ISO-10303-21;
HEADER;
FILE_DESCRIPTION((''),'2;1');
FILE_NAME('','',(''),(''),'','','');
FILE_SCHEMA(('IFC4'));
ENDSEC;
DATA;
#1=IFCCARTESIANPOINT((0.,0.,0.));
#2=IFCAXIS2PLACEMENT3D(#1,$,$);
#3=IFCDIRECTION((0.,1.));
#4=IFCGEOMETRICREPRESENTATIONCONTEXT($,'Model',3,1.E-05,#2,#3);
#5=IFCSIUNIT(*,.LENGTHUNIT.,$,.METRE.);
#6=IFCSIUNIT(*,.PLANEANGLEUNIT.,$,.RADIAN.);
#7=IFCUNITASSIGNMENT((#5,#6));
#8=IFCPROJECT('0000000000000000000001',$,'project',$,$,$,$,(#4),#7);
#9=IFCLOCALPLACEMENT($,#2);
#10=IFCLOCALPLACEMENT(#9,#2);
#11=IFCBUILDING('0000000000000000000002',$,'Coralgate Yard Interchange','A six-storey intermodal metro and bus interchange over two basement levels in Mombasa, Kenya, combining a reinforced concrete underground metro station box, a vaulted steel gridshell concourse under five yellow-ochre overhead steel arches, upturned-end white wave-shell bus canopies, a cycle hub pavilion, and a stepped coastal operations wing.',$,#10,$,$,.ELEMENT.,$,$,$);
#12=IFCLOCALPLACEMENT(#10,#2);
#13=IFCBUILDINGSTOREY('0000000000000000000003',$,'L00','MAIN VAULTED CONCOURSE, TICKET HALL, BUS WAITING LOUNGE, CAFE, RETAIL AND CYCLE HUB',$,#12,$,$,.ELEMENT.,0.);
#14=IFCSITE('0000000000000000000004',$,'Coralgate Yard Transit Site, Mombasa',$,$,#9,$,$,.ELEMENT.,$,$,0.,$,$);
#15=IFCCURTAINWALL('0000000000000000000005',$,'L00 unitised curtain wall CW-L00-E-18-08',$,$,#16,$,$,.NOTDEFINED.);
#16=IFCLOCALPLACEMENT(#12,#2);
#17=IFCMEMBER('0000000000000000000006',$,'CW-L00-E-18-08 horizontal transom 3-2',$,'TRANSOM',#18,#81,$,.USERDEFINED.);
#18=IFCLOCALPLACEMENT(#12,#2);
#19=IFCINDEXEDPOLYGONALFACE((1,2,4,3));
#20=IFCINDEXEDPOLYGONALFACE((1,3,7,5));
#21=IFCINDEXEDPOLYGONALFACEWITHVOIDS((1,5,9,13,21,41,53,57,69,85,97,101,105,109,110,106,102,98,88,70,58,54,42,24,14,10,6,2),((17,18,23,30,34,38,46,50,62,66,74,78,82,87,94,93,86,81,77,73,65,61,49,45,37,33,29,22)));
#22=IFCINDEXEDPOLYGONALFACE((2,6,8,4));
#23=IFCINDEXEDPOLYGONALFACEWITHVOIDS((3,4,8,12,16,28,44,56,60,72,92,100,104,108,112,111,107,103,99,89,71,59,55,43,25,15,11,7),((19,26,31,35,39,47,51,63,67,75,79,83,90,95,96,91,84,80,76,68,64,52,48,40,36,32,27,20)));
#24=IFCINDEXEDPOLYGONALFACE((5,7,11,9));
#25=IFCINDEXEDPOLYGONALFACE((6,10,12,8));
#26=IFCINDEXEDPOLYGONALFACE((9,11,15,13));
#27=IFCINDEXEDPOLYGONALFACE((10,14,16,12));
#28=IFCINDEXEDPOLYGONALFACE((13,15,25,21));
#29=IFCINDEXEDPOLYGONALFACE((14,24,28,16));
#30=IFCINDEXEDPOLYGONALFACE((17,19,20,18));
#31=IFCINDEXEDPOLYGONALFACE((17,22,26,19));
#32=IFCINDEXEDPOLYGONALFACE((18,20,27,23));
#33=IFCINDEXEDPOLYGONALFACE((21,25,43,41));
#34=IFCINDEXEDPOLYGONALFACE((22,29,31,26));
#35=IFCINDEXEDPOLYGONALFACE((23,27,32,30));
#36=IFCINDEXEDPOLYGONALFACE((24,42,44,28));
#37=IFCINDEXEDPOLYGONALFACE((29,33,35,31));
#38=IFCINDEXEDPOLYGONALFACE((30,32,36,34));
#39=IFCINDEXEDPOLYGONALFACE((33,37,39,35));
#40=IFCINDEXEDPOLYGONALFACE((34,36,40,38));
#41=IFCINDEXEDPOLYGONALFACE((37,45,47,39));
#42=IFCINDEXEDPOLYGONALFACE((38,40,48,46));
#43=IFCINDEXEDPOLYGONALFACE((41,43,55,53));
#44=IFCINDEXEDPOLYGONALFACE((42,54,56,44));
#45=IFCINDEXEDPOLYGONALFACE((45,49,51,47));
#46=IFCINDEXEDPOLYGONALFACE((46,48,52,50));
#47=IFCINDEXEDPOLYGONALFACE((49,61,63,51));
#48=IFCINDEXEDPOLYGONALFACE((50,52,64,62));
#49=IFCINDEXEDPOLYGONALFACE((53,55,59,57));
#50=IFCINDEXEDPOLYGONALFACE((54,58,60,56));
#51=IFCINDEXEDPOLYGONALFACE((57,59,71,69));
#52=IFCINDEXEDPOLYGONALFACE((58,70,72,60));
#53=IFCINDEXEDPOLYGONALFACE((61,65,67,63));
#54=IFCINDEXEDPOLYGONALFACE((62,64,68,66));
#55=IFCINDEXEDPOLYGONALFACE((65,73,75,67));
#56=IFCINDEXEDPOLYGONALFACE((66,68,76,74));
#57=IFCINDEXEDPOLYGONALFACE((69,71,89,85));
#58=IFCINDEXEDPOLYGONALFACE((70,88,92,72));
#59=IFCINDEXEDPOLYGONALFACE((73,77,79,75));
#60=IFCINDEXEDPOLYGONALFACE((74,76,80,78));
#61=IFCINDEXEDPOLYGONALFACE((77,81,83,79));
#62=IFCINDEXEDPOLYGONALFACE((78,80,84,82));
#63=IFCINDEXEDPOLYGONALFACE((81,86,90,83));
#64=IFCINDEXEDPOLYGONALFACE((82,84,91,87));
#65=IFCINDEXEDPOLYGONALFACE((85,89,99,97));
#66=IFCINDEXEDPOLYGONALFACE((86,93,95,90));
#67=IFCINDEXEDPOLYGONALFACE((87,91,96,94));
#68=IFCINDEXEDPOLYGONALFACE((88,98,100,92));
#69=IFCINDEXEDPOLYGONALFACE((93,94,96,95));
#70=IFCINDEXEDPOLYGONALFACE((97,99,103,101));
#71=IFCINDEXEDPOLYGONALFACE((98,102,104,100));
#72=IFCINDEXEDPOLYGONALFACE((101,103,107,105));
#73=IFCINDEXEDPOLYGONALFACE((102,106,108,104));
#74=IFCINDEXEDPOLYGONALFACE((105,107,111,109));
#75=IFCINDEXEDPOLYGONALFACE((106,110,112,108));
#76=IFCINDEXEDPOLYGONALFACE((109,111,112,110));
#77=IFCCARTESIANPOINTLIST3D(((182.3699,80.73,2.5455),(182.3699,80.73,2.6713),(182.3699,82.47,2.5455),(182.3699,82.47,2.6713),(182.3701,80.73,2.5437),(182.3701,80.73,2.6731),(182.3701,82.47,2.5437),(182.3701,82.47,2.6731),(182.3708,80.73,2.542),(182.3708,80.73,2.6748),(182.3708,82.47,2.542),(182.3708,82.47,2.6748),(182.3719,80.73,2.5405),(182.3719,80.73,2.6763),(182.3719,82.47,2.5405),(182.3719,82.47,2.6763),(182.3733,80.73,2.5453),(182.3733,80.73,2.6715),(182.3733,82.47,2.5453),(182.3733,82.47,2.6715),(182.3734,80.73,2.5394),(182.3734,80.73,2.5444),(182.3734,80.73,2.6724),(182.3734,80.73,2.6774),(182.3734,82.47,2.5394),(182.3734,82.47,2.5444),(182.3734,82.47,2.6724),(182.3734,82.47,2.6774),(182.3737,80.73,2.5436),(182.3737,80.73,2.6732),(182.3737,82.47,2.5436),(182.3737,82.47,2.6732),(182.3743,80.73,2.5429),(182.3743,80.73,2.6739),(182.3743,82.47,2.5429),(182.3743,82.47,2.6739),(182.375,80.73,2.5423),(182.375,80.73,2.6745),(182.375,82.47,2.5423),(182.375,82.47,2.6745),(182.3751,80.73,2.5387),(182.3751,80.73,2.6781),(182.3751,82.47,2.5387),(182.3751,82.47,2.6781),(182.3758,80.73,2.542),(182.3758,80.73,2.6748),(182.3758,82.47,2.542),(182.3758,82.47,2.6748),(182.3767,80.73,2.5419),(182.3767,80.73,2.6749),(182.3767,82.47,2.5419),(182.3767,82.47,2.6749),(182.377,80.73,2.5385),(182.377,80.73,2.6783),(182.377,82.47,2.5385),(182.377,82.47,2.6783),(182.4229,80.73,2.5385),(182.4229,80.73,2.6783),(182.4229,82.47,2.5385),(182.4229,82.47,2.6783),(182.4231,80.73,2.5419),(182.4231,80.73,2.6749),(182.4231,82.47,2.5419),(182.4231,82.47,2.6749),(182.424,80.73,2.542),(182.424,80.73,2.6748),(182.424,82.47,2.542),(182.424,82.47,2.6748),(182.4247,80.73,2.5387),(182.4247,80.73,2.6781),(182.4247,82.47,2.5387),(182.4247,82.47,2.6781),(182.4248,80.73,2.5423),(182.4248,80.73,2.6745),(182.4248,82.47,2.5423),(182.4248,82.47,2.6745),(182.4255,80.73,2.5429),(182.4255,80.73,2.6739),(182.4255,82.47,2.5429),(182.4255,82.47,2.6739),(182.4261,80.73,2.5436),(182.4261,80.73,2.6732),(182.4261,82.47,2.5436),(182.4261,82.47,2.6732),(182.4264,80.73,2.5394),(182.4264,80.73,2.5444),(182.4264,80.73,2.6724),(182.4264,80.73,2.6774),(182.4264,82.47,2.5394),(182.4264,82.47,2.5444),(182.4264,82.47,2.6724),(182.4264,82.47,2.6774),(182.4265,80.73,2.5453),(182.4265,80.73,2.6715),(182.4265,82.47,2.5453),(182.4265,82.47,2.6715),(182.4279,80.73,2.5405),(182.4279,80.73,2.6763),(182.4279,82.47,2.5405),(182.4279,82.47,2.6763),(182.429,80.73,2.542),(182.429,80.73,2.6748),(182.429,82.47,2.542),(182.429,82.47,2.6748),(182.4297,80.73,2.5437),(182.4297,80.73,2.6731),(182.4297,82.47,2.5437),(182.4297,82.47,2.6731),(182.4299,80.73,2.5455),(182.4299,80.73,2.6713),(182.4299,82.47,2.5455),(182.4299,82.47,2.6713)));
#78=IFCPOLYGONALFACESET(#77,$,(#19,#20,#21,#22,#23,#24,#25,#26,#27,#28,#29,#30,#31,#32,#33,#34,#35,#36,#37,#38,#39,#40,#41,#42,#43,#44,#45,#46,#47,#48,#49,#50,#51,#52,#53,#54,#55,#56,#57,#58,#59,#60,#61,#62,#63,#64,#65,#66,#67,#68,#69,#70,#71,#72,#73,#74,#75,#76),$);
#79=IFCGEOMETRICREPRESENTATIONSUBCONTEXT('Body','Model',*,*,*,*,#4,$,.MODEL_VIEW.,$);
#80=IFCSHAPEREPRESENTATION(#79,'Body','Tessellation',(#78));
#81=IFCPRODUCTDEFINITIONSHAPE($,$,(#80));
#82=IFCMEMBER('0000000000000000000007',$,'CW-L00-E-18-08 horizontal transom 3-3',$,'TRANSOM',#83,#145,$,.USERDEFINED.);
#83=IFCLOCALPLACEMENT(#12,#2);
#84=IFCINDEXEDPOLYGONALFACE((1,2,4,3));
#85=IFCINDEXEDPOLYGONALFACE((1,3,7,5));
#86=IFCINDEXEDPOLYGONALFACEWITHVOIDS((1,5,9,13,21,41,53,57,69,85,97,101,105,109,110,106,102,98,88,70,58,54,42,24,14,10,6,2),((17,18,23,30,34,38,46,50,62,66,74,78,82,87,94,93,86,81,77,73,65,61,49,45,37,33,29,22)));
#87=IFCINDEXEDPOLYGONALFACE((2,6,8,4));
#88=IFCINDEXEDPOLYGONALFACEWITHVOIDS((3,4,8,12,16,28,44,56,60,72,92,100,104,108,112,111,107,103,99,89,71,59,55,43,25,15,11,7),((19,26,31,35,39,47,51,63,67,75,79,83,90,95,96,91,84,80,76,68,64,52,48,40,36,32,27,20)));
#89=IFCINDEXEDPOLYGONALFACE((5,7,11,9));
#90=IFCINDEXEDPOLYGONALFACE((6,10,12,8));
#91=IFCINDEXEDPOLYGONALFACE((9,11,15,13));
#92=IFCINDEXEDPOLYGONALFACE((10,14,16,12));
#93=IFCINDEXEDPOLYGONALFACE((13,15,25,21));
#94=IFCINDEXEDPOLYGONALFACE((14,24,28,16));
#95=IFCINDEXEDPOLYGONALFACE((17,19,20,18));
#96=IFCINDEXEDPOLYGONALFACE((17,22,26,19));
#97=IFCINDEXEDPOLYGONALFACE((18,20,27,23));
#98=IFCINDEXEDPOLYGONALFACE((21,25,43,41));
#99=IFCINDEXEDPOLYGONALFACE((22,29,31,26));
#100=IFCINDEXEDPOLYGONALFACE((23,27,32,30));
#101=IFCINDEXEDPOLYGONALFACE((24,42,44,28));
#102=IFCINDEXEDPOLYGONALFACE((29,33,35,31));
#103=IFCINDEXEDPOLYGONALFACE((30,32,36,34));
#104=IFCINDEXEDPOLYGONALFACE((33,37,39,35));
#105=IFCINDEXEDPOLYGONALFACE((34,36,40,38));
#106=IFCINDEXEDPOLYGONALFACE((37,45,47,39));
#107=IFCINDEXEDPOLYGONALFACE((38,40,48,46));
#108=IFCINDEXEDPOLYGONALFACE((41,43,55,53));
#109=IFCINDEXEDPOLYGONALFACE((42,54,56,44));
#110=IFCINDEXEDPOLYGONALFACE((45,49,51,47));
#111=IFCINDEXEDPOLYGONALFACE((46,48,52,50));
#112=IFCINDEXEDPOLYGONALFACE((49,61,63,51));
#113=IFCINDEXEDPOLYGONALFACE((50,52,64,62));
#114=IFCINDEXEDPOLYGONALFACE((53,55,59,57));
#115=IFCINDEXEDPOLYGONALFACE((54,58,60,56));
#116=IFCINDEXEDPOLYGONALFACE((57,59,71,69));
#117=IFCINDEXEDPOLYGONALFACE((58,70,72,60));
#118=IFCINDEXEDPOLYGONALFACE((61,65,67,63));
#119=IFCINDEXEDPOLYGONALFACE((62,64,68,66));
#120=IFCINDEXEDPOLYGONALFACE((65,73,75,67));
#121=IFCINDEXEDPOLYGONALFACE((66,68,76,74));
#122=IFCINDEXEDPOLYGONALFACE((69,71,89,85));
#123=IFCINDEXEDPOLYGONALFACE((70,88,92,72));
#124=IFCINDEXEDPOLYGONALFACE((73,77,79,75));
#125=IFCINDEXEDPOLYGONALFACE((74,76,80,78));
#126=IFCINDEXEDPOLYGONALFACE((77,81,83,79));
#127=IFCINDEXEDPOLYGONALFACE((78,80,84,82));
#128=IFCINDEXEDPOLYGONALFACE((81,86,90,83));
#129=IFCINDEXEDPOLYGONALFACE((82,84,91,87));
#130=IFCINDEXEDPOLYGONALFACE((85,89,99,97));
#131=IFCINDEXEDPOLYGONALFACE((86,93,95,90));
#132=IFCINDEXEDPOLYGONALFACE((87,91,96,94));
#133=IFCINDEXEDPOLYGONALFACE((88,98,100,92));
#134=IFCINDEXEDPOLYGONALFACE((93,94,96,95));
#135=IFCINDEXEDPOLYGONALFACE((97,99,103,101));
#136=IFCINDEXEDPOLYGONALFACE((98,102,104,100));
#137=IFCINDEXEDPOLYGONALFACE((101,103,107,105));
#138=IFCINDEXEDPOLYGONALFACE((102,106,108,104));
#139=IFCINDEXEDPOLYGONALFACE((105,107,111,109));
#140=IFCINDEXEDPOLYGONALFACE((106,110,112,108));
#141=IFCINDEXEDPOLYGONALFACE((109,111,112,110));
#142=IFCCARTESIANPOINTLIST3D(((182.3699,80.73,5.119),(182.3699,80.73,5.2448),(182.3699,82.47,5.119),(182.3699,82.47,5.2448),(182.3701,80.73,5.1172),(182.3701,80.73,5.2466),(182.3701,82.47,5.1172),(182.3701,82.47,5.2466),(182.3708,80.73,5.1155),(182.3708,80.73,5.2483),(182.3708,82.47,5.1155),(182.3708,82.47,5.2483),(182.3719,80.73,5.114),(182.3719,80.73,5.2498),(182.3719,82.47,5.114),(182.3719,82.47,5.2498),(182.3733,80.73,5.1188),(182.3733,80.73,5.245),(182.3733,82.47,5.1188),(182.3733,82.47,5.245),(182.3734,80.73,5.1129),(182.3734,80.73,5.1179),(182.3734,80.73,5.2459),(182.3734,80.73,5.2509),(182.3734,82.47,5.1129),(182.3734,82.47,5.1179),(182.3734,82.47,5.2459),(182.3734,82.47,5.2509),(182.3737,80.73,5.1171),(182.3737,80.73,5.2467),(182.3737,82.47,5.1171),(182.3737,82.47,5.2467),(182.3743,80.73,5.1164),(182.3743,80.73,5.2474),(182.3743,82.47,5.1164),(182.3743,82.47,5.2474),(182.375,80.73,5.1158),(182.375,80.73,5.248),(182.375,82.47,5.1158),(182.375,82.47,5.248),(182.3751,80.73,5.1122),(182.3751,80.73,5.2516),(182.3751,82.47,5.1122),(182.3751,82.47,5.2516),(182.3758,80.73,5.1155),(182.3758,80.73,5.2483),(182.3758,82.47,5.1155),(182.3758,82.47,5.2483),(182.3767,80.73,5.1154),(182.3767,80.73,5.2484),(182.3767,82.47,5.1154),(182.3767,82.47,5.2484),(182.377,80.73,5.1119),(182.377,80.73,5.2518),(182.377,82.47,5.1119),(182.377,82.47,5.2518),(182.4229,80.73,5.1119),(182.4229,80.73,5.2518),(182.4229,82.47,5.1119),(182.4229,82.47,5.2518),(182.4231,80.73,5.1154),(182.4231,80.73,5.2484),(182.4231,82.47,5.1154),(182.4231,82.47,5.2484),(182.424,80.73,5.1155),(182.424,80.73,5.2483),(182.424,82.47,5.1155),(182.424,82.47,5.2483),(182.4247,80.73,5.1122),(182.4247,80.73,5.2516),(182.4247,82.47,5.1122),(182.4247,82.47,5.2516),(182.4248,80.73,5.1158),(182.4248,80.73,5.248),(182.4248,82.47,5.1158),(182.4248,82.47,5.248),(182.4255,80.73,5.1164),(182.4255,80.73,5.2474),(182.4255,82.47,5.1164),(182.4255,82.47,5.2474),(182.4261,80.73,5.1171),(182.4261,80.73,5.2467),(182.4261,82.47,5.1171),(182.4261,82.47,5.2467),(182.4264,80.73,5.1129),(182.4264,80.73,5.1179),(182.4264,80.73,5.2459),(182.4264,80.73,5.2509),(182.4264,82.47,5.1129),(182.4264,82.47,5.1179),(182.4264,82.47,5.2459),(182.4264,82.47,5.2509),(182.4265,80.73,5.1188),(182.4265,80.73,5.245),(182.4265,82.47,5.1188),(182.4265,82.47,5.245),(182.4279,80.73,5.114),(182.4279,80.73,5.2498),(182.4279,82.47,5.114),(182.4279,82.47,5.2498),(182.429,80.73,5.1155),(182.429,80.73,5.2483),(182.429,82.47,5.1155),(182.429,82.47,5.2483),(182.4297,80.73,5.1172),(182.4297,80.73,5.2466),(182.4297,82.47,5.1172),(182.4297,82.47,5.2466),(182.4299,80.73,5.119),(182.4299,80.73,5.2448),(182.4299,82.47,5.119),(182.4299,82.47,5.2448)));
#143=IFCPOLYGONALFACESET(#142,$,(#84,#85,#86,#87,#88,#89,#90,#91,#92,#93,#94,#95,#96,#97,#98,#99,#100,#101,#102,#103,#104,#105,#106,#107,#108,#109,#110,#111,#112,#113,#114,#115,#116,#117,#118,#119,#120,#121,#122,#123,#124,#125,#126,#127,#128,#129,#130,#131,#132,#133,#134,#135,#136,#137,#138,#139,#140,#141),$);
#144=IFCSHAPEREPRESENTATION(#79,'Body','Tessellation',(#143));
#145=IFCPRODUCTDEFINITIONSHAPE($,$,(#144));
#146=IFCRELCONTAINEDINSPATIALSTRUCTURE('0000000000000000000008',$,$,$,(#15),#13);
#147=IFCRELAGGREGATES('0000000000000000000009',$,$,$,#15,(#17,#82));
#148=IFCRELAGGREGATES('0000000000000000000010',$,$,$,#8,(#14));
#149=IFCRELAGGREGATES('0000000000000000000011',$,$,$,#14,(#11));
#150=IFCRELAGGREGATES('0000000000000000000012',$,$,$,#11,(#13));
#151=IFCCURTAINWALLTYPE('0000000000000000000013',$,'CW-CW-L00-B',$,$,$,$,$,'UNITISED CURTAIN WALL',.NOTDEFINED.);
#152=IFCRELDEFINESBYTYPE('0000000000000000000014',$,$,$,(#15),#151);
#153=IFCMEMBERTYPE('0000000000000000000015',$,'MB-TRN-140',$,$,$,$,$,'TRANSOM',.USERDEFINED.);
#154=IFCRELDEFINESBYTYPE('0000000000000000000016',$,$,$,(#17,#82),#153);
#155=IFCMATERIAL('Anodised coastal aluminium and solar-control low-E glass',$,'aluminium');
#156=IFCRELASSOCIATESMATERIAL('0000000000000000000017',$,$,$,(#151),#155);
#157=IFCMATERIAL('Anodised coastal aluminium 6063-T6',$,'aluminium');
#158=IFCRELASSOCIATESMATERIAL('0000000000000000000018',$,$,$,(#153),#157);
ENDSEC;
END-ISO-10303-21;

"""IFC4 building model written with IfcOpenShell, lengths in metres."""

from ifc_helpers import new_model, si_unit, direction, frame, origin, origin_2d, place, context, subcontext, project, spatial, hollow_rectangle, extrude, material, material_profile, profile_set, type_object, element, aggregate, save


model = new_model("IFC4")

# Units and contexts
model_context = context("Model", 3, precision=1e-05, world=origin(), true_north=direction((0.0, 1.0)))
body_context = subcontext(model_context, "Body", "Model", "MODEL_VIEW")
ifc_project = project(units=[si_unit("LENGTHUNIT", "METRE"), si_unit("PLANEANGLEUNIT", "RADIAN")], contexts=[model_context])

# Site, building, storey
site_placement = place(None, origin())
site = spatial("IfcSite", under=ifc_project, at=site_placement, Name="Coralgate Yard Transit Site, Mombasa", CompositionType="ELEMENT", RefElevation=0.0)
building_placement = place(site_placement, origin())
building = spatial("IfcBuilding", under=site, at=building_placement, Name="Coralgate Yard Interchange", Description="A six-storey intermodal metro and bus interchange over two basement levels in Mombasa, Kenya, combining a reinforced concrete underground metro station box, a vaulted steel gridshell concourse under five yellow-ochre overhead steel arches, upturned-end white wave-shell bus canopies, a cycle hub pavilion, and a stepped coastal operations wing.", CompositionType="ELEMENT")
storey_placement = place(building_placement, origin())
storey = spatial("IfcBuildingStorey", under=building, at=storey_placement, Name="L00", Description="MAIN VAULTED CONCOURSE, TICKET HALL, BUS WAITING LOUNGE, CAFE, RETAIL AND CYCLE HUB", CompositionType="ELEMENT", Elevation=0.0)

# Curtain wall, members
ifc_material_1 = material(Name="Anodised coastal aluminium and solar-control low-E glass", Category="aluminium")
curtain_wall_type = type_object("IfcCurtainWallType", Name="CW-CW-L00-B", ElementType="UNITISED CURTAIN WALL", PredefinedType="NOTDEFINED", material=ifc_material_1)
curtain_wall_placement = place(storey_placement, origin())
curtain_wall = element("IfcCurtainWall", 1, at=curtain_wall_placement, inside=storey, type_object=curtain_wall_type, Name="L00 unitised curtain wall CW-L00-E-18-08", PredefinedType="NOTDEFINED")
ifc_material_2 = material(Name="Anodised coastal aluminium 6063-T6", Category="aluminium")
ifc_material_profile_1 = material_profile(ifc_material_2, hollow_rectangle(XDim=0.0601, YDim=0.1399, WallThickness=0.0034, InnerFilletRadius=0.0034, OuterFilletRadius=0.0071, at=origin_2d()), Name="ALU 60x140x3.5")
ifc_profile_set_1 = profile_set([ifc_material_profile_1], Name="Anodised coastal aluminium 6063-T6")
member_type_1 = type_object("IfcMemberType", Name="MB-TRN-140", ElementType="TRANSOM", PredefinedType="USERDEFINED", material=ifc_profile_set_1)
member_1_placement = place(storey_placement, frame((182.3999, 82.47, 2.6084), z_axis=(0.0, -1.0, 0.0), x_axis=(1.0, 0.0, 0.0)))
member_1 = element("IfcMember", 2, at=member_1_placement, type_object=member_type_1, Name="CW-L00-E-18-08 horizontal transom 3-2", ObjectType="TRANSOM", PredefinedType="USERDEFINED", context=body_context, shape_type="SweptSolid", body=[
    extrude(hollow_rectangle(XDim=0.0601, YDim=0.1399, WallThickness=0.0034, InnerFilletRadius=0.0034, OuterFilletRadius=0.0071, at=origin_2d()), origin(), (0.0, 0.0, 1.0), 1.74),
])
member_2_placement = place(storey_placement, frame((182.3999, 82.47, 5.1819), z_axis=(0.0, -1.0, 0.0), x_axis=(1.0, 0.0, 0.0)))
member_2 = element("IfcMember", 3, at=member_2_placement, type_object=member_type_1, Name="CW-L00-E-18-08 horizontal transom 3-3", ObjectType="TRANSOM", PredefinedType="USERDEFINED", context=body_context, shape_type="SweptSolid", body=[
    extrude(hollow_rectangle(XDim=0.0601, YDim=0.1399, WallThickness=0.0034, InnerFilletRadius=0.0034, OuterFilletRadius=0.0071, at=origin_2d()), origin(), (0.0, 0.0, 1.0), 1.74),
])
aggregate(curtain_wall, [member_1, member_2])

save(model, "model.ifc")
